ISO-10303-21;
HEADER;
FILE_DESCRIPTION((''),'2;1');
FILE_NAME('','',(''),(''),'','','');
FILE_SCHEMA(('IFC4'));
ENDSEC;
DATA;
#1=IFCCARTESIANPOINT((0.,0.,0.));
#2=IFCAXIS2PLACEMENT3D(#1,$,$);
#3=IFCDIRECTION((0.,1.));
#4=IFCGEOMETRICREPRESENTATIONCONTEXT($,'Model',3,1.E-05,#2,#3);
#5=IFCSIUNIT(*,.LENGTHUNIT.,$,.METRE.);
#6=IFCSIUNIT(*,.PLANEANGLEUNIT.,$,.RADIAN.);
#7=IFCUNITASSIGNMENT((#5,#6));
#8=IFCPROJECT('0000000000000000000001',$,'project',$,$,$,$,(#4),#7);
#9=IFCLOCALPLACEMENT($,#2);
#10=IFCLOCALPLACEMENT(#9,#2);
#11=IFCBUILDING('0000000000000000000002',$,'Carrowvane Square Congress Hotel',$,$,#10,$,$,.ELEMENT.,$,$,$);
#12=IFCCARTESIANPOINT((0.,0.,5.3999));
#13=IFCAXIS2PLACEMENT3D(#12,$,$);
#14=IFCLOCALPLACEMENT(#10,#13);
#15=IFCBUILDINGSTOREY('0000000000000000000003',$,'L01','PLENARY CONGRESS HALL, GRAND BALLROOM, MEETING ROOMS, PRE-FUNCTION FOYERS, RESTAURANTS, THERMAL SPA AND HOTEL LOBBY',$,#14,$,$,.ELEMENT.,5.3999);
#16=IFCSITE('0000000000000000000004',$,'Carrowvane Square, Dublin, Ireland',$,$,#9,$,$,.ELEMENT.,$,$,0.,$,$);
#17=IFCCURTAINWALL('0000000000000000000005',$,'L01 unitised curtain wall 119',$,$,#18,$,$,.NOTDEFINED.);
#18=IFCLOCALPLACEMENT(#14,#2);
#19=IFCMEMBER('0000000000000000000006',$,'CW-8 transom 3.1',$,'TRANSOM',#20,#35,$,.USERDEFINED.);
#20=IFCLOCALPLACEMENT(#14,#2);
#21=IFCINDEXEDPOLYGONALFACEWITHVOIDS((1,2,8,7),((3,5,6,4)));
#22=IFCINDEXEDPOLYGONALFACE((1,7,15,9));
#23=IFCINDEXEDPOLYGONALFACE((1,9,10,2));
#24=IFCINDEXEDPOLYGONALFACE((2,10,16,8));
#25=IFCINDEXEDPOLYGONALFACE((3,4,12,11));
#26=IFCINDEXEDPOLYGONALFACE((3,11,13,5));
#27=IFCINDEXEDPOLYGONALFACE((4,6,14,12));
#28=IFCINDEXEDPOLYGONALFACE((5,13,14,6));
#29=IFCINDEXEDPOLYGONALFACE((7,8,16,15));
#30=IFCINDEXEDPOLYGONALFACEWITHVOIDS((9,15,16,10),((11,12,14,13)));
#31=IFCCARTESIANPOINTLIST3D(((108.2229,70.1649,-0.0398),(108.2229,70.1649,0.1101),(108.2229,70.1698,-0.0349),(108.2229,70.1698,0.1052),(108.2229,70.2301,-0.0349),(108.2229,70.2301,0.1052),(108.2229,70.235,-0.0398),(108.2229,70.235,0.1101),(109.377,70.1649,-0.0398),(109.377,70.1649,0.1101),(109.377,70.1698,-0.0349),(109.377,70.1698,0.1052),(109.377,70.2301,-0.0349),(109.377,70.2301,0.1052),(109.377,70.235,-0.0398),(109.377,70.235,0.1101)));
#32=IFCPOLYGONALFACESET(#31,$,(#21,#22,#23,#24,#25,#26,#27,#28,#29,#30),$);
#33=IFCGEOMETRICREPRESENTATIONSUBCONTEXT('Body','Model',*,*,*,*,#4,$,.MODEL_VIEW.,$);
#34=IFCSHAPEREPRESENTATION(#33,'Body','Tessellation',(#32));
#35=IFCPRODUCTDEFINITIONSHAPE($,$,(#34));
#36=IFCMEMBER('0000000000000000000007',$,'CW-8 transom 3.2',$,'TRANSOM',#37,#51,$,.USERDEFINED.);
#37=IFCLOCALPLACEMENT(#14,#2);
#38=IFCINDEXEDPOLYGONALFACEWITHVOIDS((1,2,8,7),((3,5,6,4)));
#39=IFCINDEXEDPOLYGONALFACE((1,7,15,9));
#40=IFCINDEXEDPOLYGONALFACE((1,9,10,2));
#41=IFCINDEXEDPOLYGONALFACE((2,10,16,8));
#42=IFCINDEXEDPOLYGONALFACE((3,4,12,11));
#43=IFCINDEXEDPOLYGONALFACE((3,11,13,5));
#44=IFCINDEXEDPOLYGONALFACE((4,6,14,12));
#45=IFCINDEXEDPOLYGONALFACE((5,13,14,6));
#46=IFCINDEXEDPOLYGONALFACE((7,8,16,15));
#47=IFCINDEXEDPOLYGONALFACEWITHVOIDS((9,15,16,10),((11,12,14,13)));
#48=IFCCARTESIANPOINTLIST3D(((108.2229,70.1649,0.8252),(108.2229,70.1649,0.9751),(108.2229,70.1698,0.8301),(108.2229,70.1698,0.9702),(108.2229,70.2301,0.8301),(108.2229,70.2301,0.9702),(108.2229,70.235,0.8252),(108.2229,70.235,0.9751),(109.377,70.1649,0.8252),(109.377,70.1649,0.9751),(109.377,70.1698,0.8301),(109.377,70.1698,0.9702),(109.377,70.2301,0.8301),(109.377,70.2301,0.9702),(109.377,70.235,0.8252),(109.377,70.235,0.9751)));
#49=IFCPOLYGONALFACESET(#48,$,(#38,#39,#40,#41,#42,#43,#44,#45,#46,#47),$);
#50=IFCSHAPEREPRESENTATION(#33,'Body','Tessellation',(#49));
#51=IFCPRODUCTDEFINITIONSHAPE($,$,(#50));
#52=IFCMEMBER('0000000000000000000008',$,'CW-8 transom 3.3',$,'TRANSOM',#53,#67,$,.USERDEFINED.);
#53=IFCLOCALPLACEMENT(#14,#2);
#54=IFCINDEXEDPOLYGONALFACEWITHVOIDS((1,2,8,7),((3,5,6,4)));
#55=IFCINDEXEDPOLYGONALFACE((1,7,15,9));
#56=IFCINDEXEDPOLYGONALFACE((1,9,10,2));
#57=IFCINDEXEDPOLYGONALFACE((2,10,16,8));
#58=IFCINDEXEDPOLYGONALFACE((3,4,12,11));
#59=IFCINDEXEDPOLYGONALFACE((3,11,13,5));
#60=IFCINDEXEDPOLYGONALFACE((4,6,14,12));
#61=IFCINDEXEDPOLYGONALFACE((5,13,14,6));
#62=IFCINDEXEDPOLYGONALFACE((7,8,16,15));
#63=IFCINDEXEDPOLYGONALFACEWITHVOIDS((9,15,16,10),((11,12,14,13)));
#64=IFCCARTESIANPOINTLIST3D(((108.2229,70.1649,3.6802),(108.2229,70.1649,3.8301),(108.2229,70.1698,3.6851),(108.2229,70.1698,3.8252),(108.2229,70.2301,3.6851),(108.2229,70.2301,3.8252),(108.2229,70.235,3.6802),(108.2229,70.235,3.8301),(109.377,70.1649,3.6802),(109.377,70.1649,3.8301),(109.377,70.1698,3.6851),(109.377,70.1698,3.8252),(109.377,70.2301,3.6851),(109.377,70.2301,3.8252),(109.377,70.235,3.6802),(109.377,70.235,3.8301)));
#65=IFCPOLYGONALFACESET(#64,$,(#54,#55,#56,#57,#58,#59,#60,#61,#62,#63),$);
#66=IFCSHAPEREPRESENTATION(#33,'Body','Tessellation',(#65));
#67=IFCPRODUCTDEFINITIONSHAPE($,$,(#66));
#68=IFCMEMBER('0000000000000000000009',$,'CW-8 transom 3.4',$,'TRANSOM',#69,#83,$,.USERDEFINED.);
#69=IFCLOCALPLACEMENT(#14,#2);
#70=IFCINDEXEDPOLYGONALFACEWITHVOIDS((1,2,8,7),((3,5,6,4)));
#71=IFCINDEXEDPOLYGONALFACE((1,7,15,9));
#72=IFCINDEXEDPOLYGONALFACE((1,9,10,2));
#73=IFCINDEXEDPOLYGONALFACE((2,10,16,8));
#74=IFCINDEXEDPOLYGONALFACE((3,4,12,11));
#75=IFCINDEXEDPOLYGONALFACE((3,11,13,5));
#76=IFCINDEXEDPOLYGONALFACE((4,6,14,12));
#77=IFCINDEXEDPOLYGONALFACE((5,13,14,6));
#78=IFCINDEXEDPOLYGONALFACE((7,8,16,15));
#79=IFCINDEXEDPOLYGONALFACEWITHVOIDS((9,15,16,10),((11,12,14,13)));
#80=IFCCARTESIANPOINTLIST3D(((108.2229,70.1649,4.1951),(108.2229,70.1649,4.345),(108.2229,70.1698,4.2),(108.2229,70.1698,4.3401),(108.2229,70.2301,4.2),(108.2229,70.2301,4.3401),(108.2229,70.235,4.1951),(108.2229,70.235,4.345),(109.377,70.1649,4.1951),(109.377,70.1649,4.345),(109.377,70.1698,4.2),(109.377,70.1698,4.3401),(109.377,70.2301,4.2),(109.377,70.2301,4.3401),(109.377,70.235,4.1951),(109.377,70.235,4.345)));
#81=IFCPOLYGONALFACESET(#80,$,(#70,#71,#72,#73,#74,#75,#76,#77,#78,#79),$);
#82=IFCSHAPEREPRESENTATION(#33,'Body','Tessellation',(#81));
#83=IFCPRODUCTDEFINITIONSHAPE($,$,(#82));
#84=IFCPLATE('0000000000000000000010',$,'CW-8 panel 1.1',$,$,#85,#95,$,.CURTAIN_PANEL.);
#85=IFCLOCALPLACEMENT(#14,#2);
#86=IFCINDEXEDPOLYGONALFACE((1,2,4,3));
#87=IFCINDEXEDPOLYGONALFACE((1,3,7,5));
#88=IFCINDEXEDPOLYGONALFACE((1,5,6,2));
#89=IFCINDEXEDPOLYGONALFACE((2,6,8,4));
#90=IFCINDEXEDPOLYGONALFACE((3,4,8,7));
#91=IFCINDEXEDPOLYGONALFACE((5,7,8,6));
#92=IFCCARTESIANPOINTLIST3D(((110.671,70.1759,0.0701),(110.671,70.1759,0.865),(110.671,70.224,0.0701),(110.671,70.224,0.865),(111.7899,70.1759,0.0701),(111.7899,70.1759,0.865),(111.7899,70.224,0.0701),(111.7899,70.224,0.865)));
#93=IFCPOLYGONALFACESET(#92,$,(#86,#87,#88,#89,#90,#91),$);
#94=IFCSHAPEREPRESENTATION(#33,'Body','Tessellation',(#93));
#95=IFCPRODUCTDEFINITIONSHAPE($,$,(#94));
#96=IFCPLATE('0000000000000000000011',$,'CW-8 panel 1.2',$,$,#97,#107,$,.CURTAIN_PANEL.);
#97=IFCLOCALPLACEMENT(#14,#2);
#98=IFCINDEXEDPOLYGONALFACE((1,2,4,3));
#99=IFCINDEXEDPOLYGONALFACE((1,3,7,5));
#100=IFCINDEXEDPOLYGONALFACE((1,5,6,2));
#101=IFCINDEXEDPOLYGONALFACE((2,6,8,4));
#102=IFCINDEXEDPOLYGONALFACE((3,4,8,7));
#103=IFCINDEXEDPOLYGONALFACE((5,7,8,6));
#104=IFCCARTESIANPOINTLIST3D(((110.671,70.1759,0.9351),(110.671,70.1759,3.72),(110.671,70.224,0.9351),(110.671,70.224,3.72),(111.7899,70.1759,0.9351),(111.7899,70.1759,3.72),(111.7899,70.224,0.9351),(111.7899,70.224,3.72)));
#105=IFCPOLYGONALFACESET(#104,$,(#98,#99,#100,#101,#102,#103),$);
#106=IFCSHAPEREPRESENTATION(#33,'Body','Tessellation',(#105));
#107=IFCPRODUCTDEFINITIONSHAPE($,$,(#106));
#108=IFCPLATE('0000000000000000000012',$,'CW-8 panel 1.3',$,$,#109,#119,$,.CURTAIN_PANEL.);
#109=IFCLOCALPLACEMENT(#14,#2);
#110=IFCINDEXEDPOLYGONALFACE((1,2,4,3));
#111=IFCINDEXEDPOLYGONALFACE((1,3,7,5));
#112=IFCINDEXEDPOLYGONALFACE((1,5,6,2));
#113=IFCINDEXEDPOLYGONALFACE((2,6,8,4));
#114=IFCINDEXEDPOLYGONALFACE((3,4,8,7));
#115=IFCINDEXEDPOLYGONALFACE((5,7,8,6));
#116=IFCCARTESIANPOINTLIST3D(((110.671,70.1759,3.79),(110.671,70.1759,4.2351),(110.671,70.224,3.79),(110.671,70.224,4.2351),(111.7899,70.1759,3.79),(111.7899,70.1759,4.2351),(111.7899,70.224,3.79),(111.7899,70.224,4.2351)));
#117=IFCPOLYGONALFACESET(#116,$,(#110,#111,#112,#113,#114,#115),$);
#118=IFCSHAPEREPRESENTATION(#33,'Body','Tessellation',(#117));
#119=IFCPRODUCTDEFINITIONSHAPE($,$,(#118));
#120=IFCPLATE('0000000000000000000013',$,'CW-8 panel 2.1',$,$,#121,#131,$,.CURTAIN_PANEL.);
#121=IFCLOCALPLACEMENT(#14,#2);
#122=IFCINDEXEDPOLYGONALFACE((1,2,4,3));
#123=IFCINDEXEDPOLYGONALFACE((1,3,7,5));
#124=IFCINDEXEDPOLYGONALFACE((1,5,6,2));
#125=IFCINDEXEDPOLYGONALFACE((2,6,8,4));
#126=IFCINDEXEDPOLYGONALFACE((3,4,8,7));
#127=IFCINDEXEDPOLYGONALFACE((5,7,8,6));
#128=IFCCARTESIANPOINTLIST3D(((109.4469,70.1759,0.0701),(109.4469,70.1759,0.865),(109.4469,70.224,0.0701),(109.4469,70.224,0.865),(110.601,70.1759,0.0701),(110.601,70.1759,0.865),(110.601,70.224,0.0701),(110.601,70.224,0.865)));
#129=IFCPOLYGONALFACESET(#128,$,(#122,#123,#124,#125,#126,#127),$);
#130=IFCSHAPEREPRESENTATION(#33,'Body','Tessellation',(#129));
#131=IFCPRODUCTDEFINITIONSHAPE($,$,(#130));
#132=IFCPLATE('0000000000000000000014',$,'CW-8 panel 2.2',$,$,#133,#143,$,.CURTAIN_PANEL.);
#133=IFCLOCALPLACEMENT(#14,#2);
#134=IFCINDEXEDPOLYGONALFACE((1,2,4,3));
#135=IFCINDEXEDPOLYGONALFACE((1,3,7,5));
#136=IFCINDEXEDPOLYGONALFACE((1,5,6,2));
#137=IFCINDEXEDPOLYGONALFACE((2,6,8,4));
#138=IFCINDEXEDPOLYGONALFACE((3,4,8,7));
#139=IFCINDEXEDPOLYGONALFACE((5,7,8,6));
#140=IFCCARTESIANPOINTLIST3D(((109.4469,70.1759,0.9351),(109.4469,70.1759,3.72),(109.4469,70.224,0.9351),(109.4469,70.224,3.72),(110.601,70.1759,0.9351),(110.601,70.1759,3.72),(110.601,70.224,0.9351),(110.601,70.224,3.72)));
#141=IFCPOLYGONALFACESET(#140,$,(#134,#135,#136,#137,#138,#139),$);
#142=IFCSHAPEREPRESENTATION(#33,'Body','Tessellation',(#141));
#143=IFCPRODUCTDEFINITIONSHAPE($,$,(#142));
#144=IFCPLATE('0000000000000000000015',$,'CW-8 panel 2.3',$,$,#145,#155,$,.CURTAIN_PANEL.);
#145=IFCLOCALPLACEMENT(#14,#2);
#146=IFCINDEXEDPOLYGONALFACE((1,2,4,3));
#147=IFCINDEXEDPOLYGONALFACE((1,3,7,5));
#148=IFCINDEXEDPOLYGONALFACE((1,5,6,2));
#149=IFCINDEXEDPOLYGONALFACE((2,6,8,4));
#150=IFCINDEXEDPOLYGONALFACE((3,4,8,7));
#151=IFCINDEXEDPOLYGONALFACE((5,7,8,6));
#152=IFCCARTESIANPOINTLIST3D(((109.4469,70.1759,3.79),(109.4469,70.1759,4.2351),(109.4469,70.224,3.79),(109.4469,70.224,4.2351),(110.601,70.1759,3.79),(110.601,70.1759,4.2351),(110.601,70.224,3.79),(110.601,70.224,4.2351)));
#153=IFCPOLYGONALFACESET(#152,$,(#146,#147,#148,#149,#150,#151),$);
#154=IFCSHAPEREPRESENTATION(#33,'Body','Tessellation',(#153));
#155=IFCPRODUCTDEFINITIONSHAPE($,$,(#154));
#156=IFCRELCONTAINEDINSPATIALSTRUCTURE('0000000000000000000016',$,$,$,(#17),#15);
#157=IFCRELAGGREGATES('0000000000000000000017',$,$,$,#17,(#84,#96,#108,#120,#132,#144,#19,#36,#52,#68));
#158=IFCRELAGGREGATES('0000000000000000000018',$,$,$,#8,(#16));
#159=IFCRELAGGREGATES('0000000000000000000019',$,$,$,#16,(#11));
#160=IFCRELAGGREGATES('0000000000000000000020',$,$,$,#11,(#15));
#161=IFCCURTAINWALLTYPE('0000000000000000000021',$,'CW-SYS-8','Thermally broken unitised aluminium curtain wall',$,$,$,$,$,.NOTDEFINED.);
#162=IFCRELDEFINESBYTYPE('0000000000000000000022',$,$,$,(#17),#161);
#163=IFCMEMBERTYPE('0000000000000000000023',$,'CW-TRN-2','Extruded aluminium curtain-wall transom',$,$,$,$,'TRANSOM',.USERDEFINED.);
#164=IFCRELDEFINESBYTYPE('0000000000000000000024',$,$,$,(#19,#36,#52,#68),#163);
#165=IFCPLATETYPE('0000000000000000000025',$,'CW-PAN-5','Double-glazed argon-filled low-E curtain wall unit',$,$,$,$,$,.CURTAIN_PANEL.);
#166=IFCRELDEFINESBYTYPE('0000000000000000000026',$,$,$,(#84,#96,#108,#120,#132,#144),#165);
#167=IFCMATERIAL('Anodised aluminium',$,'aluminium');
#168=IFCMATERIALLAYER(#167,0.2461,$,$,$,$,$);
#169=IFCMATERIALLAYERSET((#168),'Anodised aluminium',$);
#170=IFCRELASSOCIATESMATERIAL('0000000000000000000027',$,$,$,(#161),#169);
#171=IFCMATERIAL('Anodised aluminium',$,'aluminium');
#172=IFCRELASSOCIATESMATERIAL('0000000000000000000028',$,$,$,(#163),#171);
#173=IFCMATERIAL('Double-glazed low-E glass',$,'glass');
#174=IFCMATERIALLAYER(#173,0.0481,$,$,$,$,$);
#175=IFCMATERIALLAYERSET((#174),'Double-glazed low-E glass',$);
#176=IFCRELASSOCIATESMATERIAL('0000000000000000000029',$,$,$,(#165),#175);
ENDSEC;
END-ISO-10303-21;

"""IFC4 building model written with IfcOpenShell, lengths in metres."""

from ifc_helpers import new_model, si_unit, direction, frame, origin, origin_2d, place, context, subcontext, project, spatial, rectangle, hollow_rectangle, extrude, material, layer, layer_set, material_profile, profile_set, type_object, element, aggregate, save


model = new_model("IFC4")

# Units and contexts
model_context = context("Model", 3, precision=1e-05, world=origin(), true_north=direction((0.0, 1.0)))
body_context = subcontext(model_context, "Body", "Model", "MODEL_VIEW")
ifc_project = project(units=[si_unit("LENGTHUNIT", "METRE"), si_unit("PLANEANGLEUNIT", "RADIAN")], contexts=[model_context])

# Site, building, storey
site_placement = place(None, origin())
site = spatial("IfcSite", under=ifc_project, at=site_placement, Name="Carrowvane Square, Dublin, Ireland", CompositionType="ELEMENT", RefElevation=0.0)
building_placement = place(site_placement, origin())
building = spatial("IfcBuilding", under=site, at=building_placement, Name="Carrowvane Square Congress Hotel", CompositionType="ELEMENT")
storey_placement = place(building_placement, frame((0.0, 0.0, 5.3999)))
storey = spatial("IfcBuildingStorey", under=building, at=storey_placement, Name="L01", Description="PLENARY CONGRESS HALL, GRAND BALLROOM, MEETING ROOMS, PRE-FUNCTION FOYERS, RESTAURANTS, THERMAL SPA AND HOTEL LOBBY", CompositionType="ELEMENT", Elevation=5.3999)

# Curtain wall, members, plates
ifc_material_1 = material(Name="Anodised aluminium", Category="aluminium")
ifc_layer_1 = layer(ifc_material_1, 0.2461)
ifc_layer_set_1 = layer_set([ifc_layer_1], Name="Anodised aluminium")
curtain_wall_type = type_object("IfcCurtainWallType", Name="CW-SYS-8", Description="Thermally broken unitised aluminium curtain wall", PredefinedType="NOTDEFINED", material=ifc_layer_set_1)
curtain_wall_placement = place(storey_placement, origin())
curtain_wall = element("IfcCurtainWall", 1, at=curtain_wall_placement, inside=storey, type_object=curtain_wall_type, Name="L01 unitised curtain wall 119", PredefinedType="NOTDEFINED")
ifc_material_2 = material(Name="Anodised aluminium", Category="aluminium")
ifc_material_profile_1 = material_profile(ifc_material_2, hollow_rectangle(XDim=0.0701, YDim=0.1499, WallThickness=0.0049, at=origin_2d()), Name="CW-TR 70x150x5")
ifc_profile_set_1 = profile_set([ifc_material_profile_1], Name="Anodised aluminium")
member_type_1 = type_object("IfcMemberType", Name="CW-TRN-2", Description="Extruded aluminium curtain-wall transom", ElementType="TRANSOM", PredefinedType="USERDEFINED", material=ifc_profile_set_1)
member_1_placement = place(storey_placement, frame((109.377, 70.2, 0.0352), z_axis=(-1.0, 0.0, 0.0), x_axis=(0.0, -1.0, 0.0)))
member_1 = element("IfcMember", 2, at=member_1_placement, type_object=member_type_1, Name="CW-8 transom 3.1", ObjectType="TRANSOM", PredefinedType="USERDEFINED", context=body_context, shape_type="SweptSolid", body=[
    extrude(hollow_rectangle(XDim=0.0701, YDim=0.1499, WallThickness=0.0049, at=origin_2d()), origin(), (0.0, 0.0, 1.0), 1.1541),
])
member_2_placement = place(storey_placement, frame((109.377, 70.2, 0.9001), z_axis=(-1.0, 0.0, 0.0), x_axis=(0.0, -1.0, 0.0)))
member_2 = element("IfcMember", 3, at=member_2_placement, type_object=member_type_1, Name="CW-8 transom 3.2", ObjectType="TRANSOM", PredefinedType="USERDEFINED", context=body_context, shape_type="SweptSolid", body=[
    extrude(hollow_rectangle(XDim=0.0701, YDim=0.1499, WallThickness=0.0049, at=origin_2d()), origin(), (0.0, 0.0, 1.0), 1.1541),
])
member_3_placement = place(storey_placement, frame((109.377, 70.2, 3.7551), z_axis=(-1.0, 0.0, 0.0), x_axis=(0.0, -1.0, 0.0)))
member_3 = element("IfcMember", 4, at=member_3_placement, type_object=member_type_1, Name="CW-8 transom 3.3", ObjectType="TRANSOM", PredefinedType="USERDEFINED", context=body_context, shape_type="SweptSolid", body=[
    extrude(hollow_rectangle(XDim=0.0701, YDim=0.1499, WallThickness=0.0049, at=origin_2d()), origin(), (0.0, 0.0, 1.0), 1.1541),
])
member_4_placement = place(storey_placement, frame((109.377, 70.2, 4.27), z_axis=(-1.0, 0.0, 0.0), x_axis=(0.0, -1.0, 0.0)))
member_4 = element("IfcMember", 5, at=member_4_placement, type_object=member_type_1, Name="CW-8 transom 3.4", ObjectType="TRANSOM", PredefinedType="USERDEFINED", context=body_context, shape_type="SweptSolid", body=[
    extrude(hollow_rectangle(XDim=0.0701, YDim=0.1499, WallThickness=0.0049, at=origin_2d()), origin(), (0.0, 0.0, 1.0), 1.1541),
])
ifc_material_3 = material(Name="Double-glazed low-E glass", Category="glass")
ifc_layer_2 = layer(ifc_material_3, 0.0481)
ifc_layer_set_2 = layer_set([ifc_layer_2], Name="Double-glazed low-E glass")
plate_type = type_object("IfcPlateType", Name="CW-PAN-5", Description="Double-glazed argon-filled low-E curtain wall unit", PredefinedType="CURTAIN_PANEL", material=ifc_layer_set_2)
plate_1_placement = place(storey_placement, frame((111.2305, 70.2, 0.0701), z_axis=(0.0, 0.0, 1.0), x_axis=(-1.0, 0.0, 0.0)))
plate_1 = element("IfcPlate", 6, at=plate_1_placement, type_object=plate_type, Name="CW-8 panel 1.1", PredefinedType="CURTAIN_PANEL", context=body_context, shape_type="SweptSolid", body=[
    extrude(rectangle(XDim=1.1189, YDim=0.0481, at=origin_2d()), origin(), (0.0, 0.0, 1.0), 0.7949),
])
plate_2_placement = place(storey_placement, frame((111.2305, 70.2, 0.9351), z_axis=(0.0, 0.0, 1.0), x_axis=(-1.0, 0.0, 0.0)))
plate_2 = element("IfcPlate", 7, at=plate_2_placement, type_object=plate_type, Name="CW-8 panel 1.2", PredefinedType="CURTAIN_PANEL", context=body_context, shape_type="SweptSolid", body=[
    extrude(rectangle(XDim=1.1189, YDim=0.0481, at=origin_2d()), origin(), (0.0, 0.0, 1.0), 2.7849),
])
plate_3_placement = place(storey_placement, frame((111.2305, 70.2, 3.79), z_axis=(0.0, 0.0, 1.0), x_axis=(-1.0, 0.0, 0.0)))
plate_3 = element("IfcPlate", 8, at=plate_3_placement, type_object=plate_type, Name="CW-8 panel 1.3", PredefinedType="CURTAIN_PANEL", context=body_context, shape_type="SweptSolid", body=[
    extrude(rectangle(XDim=1.1189, YDim=0.0481, at=origin_2d()), origin(), (0.0, 0.0, 1.0), 0.4451),
])
plate_4_placement = place(storey_placement, frame((110.0239, 70.2, 0.0701), z_axis=(0.0, 0.0, 1.0), x_axis=(-1.0, 0.0, 0.0)))
plate_4 = element("IfcPlate", 9, at=plate_4_placement, type_object=plate_type, Name="CW-8 panel 2.1", PredefinedType="CURTAIN_PANEL", context=body_context, shape_type="SweptSolid", body=[
    extrude(rectangle(XDim=1.1541, YDim=0.0481, at=origin_2d()), origin(), (0.0, 0.0, 1.0), 0.7949),
])
plate_5_placement = place(storey_placement, frame((110.0239, 70.2, 0.9351), z_axis=(0.0, 0.0, 1.0), x_axis=(-1.0, 0.0, 0.0)))
plate_5 = element("IfcPlate", 10, at=plate_5_placement, type_object=plate_type, Name="CW-8 panel 2.2", PredefinedType="CURTAIN_PANEL", context=body_context, shape_type="SweptSolid", body=[
    extrude(rectangle(XDim=1.1541, YDim=0.0481, at=origin_2d()), origin(), (0.0, 0.0, 1.0), 2.7849),
])
plate_6_placement = place(storey_placement, frame((110.0239, 70.2, 3.79), z_axis=(0.0, 0.0, 1.0), x_axis=(-1.0, 0.0, 0.0)))
plate_6 = element("IfcPlate", 11, at=plate_6_placement, type_object=plate_type, Name="CW-8 panel 2.3", PredefinedType="CURTAIN_PANEL", context=body_context, shape_type="SweptSolid", body=[
    extrude(rectangle(XDim=1.1541, YDim=0.0481, at=origin_2d()), origin(), (0.0, 0.0, 1.0), 0.4451),
])
aggregate(curtain_wall, [plate_1, plate_2, plate_3, plate_4, plate_5, plate_6, member_1, member_2, member_3, member_4])

save(model, "model.ifc")
